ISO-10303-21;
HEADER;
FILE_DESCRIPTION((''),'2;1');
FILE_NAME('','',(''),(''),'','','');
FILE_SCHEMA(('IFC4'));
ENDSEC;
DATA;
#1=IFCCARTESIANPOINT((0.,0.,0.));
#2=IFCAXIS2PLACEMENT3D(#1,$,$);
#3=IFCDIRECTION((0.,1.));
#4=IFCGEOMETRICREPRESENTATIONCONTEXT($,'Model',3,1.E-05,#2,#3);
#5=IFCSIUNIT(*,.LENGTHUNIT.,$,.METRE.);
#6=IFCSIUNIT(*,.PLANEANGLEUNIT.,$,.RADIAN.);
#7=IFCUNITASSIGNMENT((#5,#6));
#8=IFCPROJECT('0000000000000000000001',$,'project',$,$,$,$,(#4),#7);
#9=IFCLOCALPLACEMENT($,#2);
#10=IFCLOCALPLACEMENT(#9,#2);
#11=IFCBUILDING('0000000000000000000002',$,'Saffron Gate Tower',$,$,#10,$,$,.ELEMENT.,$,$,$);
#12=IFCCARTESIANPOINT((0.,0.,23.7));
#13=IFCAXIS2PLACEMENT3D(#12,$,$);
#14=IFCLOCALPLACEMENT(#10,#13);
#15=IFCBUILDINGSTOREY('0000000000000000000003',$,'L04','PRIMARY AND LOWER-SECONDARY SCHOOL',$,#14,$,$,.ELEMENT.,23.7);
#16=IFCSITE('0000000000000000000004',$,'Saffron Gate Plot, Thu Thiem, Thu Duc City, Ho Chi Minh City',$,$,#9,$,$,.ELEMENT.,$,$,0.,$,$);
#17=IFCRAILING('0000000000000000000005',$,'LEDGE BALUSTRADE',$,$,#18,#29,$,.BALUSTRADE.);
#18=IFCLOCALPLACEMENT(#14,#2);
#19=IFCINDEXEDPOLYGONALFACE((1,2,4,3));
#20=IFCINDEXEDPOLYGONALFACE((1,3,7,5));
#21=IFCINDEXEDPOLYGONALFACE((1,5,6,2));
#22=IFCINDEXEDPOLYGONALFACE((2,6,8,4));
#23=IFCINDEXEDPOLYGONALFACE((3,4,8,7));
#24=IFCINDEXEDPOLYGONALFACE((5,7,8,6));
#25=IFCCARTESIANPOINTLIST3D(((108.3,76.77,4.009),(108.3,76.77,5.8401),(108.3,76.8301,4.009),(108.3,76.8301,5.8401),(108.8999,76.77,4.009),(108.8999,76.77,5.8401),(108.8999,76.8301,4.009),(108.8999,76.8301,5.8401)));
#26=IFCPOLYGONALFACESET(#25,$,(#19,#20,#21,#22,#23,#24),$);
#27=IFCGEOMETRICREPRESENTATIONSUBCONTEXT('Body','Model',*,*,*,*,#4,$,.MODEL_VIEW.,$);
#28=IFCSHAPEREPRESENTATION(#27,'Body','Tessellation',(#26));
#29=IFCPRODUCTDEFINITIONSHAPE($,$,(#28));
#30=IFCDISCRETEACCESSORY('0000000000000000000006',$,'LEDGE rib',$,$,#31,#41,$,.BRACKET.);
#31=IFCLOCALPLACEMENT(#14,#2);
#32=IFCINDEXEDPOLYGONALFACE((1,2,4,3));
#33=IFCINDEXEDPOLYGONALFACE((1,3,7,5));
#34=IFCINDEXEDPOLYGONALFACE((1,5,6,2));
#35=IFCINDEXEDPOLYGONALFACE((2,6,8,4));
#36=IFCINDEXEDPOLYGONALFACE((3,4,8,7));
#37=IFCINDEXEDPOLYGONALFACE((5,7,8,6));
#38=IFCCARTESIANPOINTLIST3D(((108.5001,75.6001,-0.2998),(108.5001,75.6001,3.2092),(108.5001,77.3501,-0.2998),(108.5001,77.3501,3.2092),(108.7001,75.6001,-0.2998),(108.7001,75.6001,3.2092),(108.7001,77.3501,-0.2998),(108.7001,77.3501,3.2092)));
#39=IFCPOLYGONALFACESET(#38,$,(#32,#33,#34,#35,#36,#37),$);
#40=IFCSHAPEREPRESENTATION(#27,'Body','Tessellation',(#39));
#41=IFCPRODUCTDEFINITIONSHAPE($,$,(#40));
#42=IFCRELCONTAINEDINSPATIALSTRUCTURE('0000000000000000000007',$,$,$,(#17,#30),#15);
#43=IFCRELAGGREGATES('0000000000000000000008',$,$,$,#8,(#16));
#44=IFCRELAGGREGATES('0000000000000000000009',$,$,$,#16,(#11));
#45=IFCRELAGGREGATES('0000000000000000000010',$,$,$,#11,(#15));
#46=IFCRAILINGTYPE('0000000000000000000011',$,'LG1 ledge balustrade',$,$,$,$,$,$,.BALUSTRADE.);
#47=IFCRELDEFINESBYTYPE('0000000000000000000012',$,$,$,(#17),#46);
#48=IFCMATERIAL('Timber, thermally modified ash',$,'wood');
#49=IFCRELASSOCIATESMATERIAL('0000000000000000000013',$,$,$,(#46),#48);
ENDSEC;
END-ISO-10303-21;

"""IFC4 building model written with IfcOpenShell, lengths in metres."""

from ifc_helpers import new_model, si_unit, direction, frame, origin, origin_2d, place, context, subcontext, project, spatial, rectangle, extrude, material, type_object, element, save


model = new_model("IFC4")

# Units and contexts
model_context = context("Model", 3, precision=1e-05, world=origin(), true_north=direction((0.0, 1.0)))
body_context = subcontext(model_context, "Body", "Model", "MODEL_VIEW")
ifc_project = project(units=[si_unit("LENGTHUNIT", "METRE"), si_unit("PLANEANGLEUNIT", "RADIAN")], contexts=[model_context])

# Site, building, storey
site_placement = place(None, origin())
site = spatial("IfcSite", under=ifc_project, at=site_placement, Name="Saffron Gate Plot, Thu Thiem, Thu Duc City, Ho Chi Minh City", CompositionType="ELEMENT", RefElevation=0.0)
building_placement = place(site_placement, origin())
building = spatial("IfcBuilding", under=site, at=building_placement, Name="Saffron Gate Tower", CompositionType="ELEMENT")
storey_placement = place(building_placement, frame((0.0, 0.0, 23.7)))
storey = spatial("IfcBuildingStorey", under=building, at=storey_placement, Name="L04", Description="PRIMARY AND LOWER-SECONDARY SCHOOL", CompositionType="ELEMENT", Elevation=23.7)

# Shared definitions
ifc_material_1 = material(Name="Timber, thermally modified ash", Category="wood")

# Railing
railing_type_1 = type_object("IfcRailingType", Name="LG1 ledge balustrade", PredefinedType="BALUSTRADE", material=ifc_material_1)
railing_1_placement = place(storey_placement, frame((108.8999, 76.8, 4.009)))
element("IfcRailing", 1, at=railing_1_placement, inside=storey, type_object=railing_type_1, Name="LEDGE BALUSTRADE", PredefinedType="BALUSTRADE", context=body_context, shape_type="SweptSolid", body=[
    extrude(rectangle(XDim=0.0601, YDim=1.8311, at=origin_2d()), frame((0.0, 0.0, 0.9155), z_axis=(-1.0, 0.0, 0.0), x_axis=(0.0, -1.0, 0.0)), (0.0, 0.0, 1.0), 0.5999),
])

# Discrete accessory
discrete_accessory_placement = place(storey_placement, frame((108.6001, 76.4751, -0.2998), z_axis=(0.0, 0.0, 1.0), x_axis=(-1.0, 0.0, 0.0)))
element("IfcDiscreteAccessory", 2, at=discrete_accessory_placement, inside=storey, Name="LEDGE rib", PredefinedType="BRACKET", context=body_context, shape_type="SweptSolid", body=[
    extrude(rectangle(XDim=0.2, YDim=1.75, at=origin_2d()), origin(), (0.0, 0.0, 1.0), 3.509),
])

save(model, "model.ifc")
